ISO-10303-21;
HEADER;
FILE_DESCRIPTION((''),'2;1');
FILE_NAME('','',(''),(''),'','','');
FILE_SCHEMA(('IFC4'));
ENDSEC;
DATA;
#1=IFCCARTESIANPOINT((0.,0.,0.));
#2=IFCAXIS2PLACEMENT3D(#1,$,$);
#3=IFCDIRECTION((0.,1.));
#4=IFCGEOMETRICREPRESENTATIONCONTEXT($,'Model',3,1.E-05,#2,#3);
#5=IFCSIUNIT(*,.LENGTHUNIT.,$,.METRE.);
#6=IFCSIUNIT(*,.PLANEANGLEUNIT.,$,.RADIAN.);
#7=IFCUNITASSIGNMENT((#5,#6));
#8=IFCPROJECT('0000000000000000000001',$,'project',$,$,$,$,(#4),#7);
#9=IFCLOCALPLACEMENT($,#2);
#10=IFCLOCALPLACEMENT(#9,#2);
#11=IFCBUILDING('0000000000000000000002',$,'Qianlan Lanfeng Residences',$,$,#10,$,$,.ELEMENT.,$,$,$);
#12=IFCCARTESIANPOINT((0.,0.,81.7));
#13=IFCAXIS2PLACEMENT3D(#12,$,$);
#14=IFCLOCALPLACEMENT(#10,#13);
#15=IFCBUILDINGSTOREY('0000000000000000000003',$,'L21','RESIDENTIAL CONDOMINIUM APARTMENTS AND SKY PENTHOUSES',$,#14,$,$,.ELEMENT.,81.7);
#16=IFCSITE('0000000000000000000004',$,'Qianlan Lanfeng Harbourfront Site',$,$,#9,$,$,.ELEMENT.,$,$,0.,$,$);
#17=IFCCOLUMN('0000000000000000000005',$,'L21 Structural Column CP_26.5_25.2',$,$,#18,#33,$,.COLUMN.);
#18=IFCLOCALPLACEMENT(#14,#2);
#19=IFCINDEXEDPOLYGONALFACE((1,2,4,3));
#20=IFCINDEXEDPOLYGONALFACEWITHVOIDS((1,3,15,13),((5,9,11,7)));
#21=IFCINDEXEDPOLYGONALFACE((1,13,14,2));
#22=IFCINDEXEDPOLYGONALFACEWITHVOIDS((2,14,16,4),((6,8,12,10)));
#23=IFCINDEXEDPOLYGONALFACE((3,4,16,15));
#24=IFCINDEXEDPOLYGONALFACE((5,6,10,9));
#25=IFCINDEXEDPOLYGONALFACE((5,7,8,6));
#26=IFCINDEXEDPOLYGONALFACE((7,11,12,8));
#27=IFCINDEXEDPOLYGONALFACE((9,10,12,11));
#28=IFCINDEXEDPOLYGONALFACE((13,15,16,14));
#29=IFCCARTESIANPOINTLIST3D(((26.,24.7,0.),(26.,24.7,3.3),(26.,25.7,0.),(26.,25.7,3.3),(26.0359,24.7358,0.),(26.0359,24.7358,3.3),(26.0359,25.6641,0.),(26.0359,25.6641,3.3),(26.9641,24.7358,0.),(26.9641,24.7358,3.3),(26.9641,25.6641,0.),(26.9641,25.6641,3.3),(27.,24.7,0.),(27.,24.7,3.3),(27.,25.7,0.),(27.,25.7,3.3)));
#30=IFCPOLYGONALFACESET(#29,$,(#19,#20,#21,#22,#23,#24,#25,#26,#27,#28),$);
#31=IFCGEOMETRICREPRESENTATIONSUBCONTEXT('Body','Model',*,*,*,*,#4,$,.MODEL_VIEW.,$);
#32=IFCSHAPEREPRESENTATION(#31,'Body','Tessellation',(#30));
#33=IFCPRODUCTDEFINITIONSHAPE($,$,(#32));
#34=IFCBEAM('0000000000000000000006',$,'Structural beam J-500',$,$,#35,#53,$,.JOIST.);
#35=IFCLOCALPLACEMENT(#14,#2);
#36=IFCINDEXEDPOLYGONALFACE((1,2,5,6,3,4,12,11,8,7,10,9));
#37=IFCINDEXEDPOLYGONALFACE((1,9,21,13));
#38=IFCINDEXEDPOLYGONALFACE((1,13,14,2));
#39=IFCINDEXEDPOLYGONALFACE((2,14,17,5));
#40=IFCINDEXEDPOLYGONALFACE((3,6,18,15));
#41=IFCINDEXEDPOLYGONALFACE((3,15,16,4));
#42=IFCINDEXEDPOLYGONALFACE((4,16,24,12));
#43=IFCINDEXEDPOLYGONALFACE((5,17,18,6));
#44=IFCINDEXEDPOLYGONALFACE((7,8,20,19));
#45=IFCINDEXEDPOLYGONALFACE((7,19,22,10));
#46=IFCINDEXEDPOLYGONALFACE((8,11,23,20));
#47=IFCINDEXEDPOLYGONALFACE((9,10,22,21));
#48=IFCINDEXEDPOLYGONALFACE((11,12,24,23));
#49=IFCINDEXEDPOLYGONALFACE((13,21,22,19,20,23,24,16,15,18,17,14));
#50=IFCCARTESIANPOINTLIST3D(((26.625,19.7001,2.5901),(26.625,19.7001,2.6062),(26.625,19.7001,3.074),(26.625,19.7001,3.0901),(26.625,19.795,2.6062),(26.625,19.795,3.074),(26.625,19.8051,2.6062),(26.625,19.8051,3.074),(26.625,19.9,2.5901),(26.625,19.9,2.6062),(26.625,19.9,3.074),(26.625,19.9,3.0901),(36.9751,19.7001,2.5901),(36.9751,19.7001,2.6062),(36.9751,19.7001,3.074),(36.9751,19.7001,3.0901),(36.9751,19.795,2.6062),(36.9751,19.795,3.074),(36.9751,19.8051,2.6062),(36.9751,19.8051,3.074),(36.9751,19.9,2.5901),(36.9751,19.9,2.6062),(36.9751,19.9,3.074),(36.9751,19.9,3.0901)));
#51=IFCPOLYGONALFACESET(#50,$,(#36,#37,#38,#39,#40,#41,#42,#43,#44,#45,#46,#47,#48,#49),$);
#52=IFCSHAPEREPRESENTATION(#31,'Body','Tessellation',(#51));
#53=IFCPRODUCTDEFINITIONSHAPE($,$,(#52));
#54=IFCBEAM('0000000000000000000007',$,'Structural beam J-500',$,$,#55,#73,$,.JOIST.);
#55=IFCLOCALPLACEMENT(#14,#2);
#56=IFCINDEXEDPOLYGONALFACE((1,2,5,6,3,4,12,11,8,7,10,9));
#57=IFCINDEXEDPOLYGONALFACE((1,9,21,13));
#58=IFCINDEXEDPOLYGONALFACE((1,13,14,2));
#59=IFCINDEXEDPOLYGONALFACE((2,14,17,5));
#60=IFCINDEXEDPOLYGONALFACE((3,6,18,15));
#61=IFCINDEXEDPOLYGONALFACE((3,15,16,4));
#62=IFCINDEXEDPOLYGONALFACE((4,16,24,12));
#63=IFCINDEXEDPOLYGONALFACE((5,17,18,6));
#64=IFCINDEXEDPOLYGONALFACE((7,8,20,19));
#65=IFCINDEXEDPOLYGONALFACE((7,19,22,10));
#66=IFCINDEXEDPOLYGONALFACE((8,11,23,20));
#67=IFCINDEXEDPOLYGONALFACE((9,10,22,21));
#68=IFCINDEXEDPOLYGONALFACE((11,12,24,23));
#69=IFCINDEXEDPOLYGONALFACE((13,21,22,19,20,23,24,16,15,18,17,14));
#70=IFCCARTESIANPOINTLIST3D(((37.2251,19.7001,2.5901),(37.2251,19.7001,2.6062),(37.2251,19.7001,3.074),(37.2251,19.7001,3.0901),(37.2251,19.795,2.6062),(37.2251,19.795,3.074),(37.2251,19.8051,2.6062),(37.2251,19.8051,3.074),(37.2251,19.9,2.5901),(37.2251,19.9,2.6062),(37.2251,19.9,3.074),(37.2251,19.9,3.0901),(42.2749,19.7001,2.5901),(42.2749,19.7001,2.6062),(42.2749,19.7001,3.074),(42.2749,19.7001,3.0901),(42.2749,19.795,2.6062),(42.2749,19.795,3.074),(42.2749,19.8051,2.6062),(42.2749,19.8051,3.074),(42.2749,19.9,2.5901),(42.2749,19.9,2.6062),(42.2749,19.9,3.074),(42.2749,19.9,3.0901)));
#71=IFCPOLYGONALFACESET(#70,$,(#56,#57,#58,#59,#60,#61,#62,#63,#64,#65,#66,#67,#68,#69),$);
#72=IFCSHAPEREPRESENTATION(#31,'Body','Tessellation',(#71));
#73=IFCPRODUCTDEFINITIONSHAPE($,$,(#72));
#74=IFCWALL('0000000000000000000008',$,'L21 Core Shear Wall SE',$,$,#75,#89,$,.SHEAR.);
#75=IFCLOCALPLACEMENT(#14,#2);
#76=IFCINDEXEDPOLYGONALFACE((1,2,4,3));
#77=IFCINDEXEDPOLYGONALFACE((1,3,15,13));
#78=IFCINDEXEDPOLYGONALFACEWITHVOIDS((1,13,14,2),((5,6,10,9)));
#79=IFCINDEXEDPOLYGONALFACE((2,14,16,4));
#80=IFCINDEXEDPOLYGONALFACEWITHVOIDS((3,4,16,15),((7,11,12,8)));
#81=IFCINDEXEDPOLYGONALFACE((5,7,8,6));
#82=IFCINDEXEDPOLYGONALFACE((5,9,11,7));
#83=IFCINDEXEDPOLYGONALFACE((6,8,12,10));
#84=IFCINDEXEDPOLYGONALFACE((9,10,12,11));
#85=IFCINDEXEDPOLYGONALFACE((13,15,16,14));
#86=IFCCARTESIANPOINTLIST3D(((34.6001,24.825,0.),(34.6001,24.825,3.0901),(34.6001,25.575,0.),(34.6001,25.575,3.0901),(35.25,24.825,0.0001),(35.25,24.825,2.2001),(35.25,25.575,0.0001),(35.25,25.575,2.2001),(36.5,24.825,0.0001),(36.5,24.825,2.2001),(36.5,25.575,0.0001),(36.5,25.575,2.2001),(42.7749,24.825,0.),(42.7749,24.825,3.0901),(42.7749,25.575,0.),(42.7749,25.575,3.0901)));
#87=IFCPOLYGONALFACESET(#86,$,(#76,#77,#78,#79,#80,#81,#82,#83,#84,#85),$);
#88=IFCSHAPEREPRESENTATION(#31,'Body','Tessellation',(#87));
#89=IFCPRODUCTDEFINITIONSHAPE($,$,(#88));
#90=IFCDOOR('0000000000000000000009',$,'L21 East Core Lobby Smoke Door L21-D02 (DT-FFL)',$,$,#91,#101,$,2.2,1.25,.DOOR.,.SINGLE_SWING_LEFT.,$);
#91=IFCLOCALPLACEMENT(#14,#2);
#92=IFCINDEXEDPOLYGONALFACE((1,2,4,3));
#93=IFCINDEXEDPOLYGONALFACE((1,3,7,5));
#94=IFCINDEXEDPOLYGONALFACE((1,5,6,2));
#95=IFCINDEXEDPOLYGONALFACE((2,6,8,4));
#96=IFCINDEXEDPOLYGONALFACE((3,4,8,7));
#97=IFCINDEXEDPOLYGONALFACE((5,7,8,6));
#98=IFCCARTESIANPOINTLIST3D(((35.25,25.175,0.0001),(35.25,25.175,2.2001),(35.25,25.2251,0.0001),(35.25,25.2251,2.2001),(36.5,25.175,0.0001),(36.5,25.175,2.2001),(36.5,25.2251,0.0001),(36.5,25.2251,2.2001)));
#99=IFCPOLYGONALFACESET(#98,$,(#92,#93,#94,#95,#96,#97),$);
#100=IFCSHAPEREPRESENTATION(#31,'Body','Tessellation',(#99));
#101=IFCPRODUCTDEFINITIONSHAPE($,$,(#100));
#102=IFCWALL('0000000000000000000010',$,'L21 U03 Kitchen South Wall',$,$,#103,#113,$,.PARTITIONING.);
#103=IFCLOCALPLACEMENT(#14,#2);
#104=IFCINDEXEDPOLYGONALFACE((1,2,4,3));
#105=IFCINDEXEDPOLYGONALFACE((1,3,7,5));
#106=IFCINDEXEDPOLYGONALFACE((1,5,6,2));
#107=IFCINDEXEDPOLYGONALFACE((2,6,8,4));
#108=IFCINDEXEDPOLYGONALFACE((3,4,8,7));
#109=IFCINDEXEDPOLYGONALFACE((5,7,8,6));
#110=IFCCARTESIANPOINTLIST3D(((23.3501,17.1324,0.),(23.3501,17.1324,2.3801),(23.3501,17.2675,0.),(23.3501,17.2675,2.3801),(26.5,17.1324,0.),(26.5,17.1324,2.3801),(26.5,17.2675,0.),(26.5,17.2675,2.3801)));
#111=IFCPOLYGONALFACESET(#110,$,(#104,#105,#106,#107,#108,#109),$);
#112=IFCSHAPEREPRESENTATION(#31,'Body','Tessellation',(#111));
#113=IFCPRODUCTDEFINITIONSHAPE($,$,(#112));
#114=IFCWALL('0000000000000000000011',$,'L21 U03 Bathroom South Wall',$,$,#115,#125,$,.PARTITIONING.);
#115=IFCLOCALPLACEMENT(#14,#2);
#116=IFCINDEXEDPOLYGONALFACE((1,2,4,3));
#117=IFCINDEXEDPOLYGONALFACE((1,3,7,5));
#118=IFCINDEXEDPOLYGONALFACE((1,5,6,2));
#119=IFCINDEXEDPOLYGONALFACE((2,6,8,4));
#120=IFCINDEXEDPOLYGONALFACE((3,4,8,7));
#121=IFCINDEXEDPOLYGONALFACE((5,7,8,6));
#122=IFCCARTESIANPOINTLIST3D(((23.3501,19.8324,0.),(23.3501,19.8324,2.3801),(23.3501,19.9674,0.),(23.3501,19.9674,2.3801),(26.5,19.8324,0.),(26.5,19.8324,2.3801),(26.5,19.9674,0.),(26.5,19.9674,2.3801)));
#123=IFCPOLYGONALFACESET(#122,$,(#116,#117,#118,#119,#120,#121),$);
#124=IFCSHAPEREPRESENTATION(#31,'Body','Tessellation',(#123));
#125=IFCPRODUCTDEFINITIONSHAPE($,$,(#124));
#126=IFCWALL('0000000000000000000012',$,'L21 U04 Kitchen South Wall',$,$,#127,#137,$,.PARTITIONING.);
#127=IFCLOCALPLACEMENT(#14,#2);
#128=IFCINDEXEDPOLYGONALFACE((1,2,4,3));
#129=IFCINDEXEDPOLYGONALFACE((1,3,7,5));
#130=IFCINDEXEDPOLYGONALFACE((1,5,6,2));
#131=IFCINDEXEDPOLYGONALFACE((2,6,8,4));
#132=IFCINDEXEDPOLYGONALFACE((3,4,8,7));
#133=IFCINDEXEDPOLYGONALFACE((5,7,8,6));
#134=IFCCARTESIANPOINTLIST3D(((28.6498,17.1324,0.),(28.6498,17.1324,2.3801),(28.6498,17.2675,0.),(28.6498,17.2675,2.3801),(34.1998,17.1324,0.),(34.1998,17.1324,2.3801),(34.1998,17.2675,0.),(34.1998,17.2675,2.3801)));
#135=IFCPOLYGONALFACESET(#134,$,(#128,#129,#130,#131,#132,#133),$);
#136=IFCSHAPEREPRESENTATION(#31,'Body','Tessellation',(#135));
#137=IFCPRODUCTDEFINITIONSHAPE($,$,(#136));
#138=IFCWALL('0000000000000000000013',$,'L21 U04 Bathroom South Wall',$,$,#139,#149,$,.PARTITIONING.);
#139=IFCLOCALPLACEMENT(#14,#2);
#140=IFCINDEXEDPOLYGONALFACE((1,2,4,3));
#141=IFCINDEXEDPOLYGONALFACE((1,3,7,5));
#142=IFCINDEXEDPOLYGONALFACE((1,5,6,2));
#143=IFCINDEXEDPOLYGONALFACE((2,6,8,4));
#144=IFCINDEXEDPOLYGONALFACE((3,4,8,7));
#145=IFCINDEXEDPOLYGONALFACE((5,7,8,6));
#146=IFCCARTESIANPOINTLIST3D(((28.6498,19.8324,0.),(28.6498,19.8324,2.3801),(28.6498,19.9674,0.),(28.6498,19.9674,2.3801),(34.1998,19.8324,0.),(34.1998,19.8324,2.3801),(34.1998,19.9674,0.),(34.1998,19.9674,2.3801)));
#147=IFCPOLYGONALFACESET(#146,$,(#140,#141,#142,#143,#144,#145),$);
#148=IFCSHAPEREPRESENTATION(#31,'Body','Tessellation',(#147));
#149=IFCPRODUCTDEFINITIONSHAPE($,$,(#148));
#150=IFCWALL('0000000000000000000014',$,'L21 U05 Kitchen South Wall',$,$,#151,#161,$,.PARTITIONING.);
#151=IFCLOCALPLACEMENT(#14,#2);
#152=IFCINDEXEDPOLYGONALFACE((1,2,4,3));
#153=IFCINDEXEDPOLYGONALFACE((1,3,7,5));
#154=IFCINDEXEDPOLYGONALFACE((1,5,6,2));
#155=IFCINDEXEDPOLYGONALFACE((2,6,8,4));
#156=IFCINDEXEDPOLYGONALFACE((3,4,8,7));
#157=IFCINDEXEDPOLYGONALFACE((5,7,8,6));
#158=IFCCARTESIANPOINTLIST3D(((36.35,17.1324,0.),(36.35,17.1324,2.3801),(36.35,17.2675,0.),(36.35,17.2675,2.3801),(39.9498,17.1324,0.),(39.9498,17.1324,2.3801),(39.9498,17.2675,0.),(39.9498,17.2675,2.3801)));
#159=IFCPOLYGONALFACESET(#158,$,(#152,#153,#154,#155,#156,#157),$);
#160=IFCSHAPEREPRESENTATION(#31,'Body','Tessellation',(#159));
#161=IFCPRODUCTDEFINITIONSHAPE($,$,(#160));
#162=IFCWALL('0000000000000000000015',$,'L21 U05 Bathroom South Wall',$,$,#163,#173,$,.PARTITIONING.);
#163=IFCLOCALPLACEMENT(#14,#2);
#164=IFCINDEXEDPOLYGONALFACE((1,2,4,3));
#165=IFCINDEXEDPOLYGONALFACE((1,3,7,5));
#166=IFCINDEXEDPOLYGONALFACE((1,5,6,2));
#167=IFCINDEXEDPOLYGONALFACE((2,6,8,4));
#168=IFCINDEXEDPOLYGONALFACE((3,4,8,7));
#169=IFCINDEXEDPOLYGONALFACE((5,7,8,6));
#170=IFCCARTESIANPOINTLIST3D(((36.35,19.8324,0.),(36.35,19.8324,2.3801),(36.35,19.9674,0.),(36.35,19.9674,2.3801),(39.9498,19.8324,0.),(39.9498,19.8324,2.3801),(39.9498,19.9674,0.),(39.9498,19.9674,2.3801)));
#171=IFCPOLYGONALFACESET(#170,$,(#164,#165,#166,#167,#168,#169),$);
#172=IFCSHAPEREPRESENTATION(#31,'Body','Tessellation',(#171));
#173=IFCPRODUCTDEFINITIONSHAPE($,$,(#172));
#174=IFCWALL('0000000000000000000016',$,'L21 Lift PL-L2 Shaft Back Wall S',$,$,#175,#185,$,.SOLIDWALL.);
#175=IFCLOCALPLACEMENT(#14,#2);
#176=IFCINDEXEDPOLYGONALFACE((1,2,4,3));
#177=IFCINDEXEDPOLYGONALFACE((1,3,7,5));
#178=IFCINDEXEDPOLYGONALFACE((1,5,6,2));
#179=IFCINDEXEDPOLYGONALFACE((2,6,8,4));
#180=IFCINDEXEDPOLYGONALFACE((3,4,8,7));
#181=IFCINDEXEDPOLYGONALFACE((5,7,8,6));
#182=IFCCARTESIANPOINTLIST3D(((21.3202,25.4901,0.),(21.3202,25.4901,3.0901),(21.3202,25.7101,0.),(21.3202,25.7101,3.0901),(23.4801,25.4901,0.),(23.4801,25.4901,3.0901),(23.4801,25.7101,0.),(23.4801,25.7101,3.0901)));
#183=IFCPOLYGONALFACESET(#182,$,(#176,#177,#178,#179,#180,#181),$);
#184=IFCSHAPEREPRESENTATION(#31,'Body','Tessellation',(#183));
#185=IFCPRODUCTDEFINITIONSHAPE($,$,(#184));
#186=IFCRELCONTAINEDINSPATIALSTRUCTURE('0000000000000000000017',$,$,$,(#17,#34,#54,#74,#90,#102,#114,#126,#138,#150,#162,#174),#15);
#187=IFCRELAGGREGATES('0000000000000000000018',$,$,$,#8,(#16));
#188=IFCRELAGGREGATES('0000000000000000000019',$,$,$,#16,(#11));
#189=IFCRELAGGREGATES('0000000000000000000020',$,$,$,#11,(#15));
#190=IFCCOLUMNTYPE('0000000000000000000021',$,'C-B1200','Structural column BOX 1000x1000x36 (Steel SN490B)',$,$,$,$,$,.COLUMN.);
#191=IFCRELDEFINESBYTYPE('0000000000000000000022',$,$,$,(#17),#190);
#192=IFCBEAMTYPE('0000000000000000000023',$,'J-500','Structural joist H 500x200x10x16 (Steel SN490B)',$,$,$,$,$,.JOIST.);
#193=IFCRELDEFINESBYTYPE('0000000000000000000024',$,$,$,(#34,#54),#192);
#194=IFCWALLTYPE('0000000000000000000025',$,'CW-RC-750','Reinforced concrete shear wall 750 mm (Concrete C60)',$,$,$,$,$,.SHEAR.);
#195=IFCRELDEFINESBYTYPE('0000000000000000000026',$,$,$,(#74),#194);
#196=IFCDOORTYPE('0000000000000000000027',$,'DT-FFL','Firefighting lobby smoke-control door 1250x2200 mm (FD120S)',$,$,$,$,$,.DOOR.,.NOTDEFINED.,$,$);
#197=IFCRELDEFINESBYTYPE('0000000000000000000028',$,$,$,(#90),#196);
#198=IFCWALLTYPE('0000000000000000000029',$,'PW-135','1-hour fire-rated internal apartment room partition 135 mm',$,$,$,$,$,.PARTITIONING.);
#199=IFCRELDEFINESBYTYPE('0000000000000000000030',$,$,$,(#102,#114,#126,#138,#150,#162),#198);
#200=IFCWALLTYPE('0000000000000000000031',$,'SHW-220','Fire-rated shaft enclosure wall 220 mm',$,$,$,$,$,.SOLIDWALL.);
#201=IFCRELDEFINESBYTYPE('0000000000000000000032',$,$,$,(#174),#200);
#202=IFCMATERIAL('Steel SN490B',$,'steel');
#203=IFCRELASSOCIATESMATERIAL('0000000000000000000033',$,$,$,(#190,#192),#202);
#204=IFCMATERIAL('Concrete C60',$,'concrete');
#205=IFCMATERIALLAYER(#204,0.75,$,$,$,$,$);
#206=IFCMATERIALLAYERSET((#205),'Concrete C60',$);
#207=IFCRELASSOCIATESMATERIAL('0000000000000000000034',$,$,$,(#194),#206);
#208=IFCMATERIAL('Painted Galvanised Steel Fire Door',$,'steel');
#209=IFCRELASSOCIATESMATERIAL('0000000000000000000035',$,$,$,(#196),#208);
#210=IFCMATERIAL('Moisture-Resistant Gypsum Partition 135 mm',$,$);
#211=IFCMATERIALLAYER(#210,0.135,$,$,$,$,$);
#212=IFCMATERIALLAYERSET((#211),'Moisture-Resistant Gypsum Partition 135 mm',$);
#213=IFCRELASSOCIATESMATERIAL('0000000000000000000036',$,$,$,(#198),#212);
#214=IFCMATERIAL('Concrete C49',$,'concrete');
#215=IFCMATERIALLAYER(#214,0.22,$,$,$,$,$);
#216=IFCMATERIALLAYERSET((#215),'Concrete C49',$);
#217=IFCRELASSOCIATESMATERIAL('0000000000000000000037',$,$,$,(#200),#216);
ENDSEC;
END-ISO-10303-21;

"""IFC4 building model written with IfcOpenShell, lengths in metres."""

from ifc_helpers import new_model, si_unit, direction, frame, frame_2d, origin, origin_2d, place, context, subcontext, project, spatial, rectangle, hollow_rectangle, i_section, extrude, material, layer, layer_set, material_profile, profile_set, type_object, element, fill, save


model = new_model("IFC4")

# Units and contexts
model_context = context("Model", 3, precision=1e-05, world=origin(), true_north=direction((0.0, 1.0)))
body_context = subcontext(model_context, "Body", "Model", "MODEL_VIEW")
ifc_project = project(units=[si_unit("LENGTHUNIT", "METRE"), si_unit("PLANEANGLEUNIT", "RADIAN")], contexts=[model_context])

# Site, building, storey
site_placement = place(None, origin())
site = spatial("IfcSite", under=ifc_project, at=site_placement, Name="Qianlan Lanfeng Harbourfront Site", CompositionType="ELEMENT", RefElevation=0.0)
building_placement = place(site_placement, origin())
building = spatial("IfcBuilding", under=site, at=building_placement, Name="Qianlan Lanfeng Residences", CompositionType="ELEMENT")
storey_placement = place(building_placement, frame((0.0, 0.0, 81.7)))
storey = spatial("IfcBuildingStorey", under=building, at=storey_placement, Name="L21", Description="RESIDENTIAL CONDOMINIUM APARTMENTS AND SKY PENTHOUSES", CompositionType="ELEMENT", Elevation=81.7)

# Column
ifc_material_1 = material(Name="Steel SN490B", Category="steel")
ifc_material_profile_1 = material_profile(ifc_material_1, hollow_rectangle(XDim=1.0, YDim=1.0, WallThickness=0.0359, at=origin_2d()), Name="BOX 1000x1000x36")
ifc_profile_set_1 = profile_set([ifc_material_profile_1], Name="Steel SN490B")
column_type = type_object("IfcColumnType", Name="C-B1200", Description="Structural column BOX 1000x1000x36 (Steel SN490B)", PredefinedType="COLUMN", material=ifc_profile_set_1)
column_placement = place(storey_placement, frame((26.5, 25.2, 0.0), z_axis=(0.0, 0.0, 1.0), x_axis=(1.0, 0.0, 0.0)))
element("IfcColumn", 1, at=column_placement, inside=storey, type_object=column_type, Name="L21 Structural Column CP_26.5_25.2", PredefinedType="COLUMN", context=body_context, shape_type="SweptSolid", body=[
    extrude(hollow_rectangle(XDim=1.0, YDim=1.0, WallThickness=0.0359, at=origin_2d()), origin(), (0.0, 0.0, 1.0), 3.3),
])

# Beams
ifc_material_profile_2 = material_profile(ifc_material_1, i_section(OverallWidth=0.2, OverallDepth=0.5, WebThickness=0.01, FlangeThickness=0.0161, at=origin_2d()), Name="H 500x200x10x16")
ifc_profile_set_2 = profile_set([ifc_material_profile_2], Name="Steel SN490B")
beam_type = type_object("IfcBeamType", Name="J-500", Description="Structural joist H 500x200x10x16 (Steel SN490B)", PredefinedType="JOIST", material=ifc_profile_set_2)
beam_1_placement = place(storey_placement, frame((26.625, 19.8, 2.8401), z_axis=(1.0, 0.0, 0.0), x_axis=(0.0, 1.0, 0.0)))
element("IfcBeam", 2, at=beam_1_placement, inside=storey, type_object=beam_type, Name="Structural beam J-500", PredefinedType="JOIST", context=body_context, shape_type="SweptSolid", body=[
    extrude(i_section(OverallWidth=0.2, OverallDepth=0.5, WebThickness=0.01, FlangeThickness=0.0161, at=origin_2d()), origin(), (0.0, 0.0, 1.0), 10.3501),
])
beam_2_placement = place(storey_placement, frame((37.2251, 19.8, 2.8401), z_axis=(1.0, 0.0, 0.0), x_axis=(0.0, 1.0, 0.0)))
element("IfcBeam", 3, at=beam_2_placement, inside=storey, type_object=beam_type, Name="Structural beam J-500", PredefinedType="JOIST", context=body_context, shape_type="SweptSolid", body=[
    extrude(i_section(OverallWidth=0.2, OverallDepth=0.5, WebThickness=0.01, FlangeThickness=0.0161, at=origin_2d()), origin(), (0.0, 0.0, 1.0), 5.0498),
])

# Wall, opening, door
ifc_material_2 = material(Name="Concrete C60", Category="concrete")
ifc_layer_1 = layer(ifc_material_2, 0.75)
ifc_layer_set_1 = layer_set([ifc_layer_1], Name="Concrete C60")
wall_type_1 = type_object("IfcWallType", Name="CW-RC-750", Description="Reinforced concrete shear wall 750 mm (Concrete C60)", PredefinedType="SHEAR", material=ifc_layer_set_1)
wall_1_placement = place(storey_placement, frame((34.6001, 25.2, 0.0), z_axis=(0.0, 0.0, 1.0), x_axis=(1.0, 0.0, 0.0)))
wall_1 = element("IfcWall", 4, at=wall_1_placement, inside=storey, type_object=wall_type_1, Name="L21 Core Shear Wall SE", PredefinedType="SHEAR", context=body_context, shape_type="SweptSolid", body=[
    extrude(rectangle(XDim=8.1748, YDim=0.75, at=frame_2d((4.0874, 0.0))), origin(), (0.0, 0.0, 1.0), 3.0901),
])
opening_1_placement = place(wall_1_placement, frame((0.6499, 0.0, 0.0)))
opening_1 = element("IfcOpeningElement", 5, at=opening_1_placement, cuts=wall_1, PredefinedType="OPENING", context=body_context, shape_type="SweptSolid", body=[
    extrude(rectangle(XDim=1.25, YDim=2.2, at=frame_2d((0.625, 1.1001))), frame((0.0, 0.385, 0.0), z_axis=(0.0, -1.0, 0.0), x_axis=(1.0, 0.0, 0.0)), (0.0, 0.0, 1.0), 0.77),
])
ifc_material_3 = material(Name="Painted Galvanised Steel Fire Door", Category="steel")
door_type_1 = type_object("IfcDoorType", Name="DT-FFL", Description="Firefighting lobby smoke-control door 1250x2200 mm (FD120S)", OperationType="NOTDEFINED", PredefinedType="DOOR", material=ifc_material_3)
door_1_placement = place(opening_1_placement, frame((1.25, 0.0, 0.0), z_axis=(0.0, 0.0, 1.0), x_axis=(-1.0, 0.0, 0.0)))
door_1 = element("IfcDoor", 6, at=door_1_placement, inside=storey, type_object=door_type_1, Name="L21 East Core Lobby Smoke Door L21-D02 (DT-FFL)", OperationType="SINGLE_SWING_LEFT", OverallHeight=2.2, OverallWidth=1.25, PredefinedType="DOOR", context=body_context, shape_type="SweptSolid", body=[
    extrude(rectangle(XDim=1.25, YDim=2.2, at=frame_2d((0.625, 1.1001))), frame((0.0, 0.0249, 0.0), z_axis=(0.0, -1.0, 0.0), x_axis=(1.0, 0.0, 0.0)), (0.0, 0.0, 1.0), 0.05),
])
fill(opening_1, door_1)

# Walls
ifc_material_4 = material(Name="Moisture-Resistant Gypsum Partition 135 mm")
ifc_layer_2 = layer(ifc_material_4, 0.135)
ifc_layer_set_2 = layer_set([ifc_layer_2], Name="Moisture-Resistant Gypsum Partition 135 mm")
wall_type_2 = type_object("IfcWallType", Name="PW-135", Description="1-hour fire-rated internal apartment room partition 135 mm", PredefinedType="PARTITIONING", material=ifc_layer_set_2)
for number, where, z_axis, x_axis, name in (
    (7, (23.3501, 17.2, 0.0), (0.0, 0.0, 1.0), (1.0, 0.0, 0.0), "L21 U03 Kitchen South Wall"),
    (8, (23.3501, 19.8999, 0.0), (0.0, 0.0, 1.0), (1.0, 0.0, 0.0), "L21 U03 Bathroom South Wall"),
):
    element("IfcWall", number, at=place(storey_placement, frame(where, z_axis=z_axis, x_axis=x_axis)), inside=storey, type_object=wall_type_2, Name=name, PredefinedType="PARTITIONING", context=body_context, shape_type="SweptSolid", body=[
        extrude(rectangle(XDim=3.1499, YDim=0.135, at=frame_2d((1.575, 0.0))), origin(), (0.0, 0.0, 1.0), 2.3801),
    ])
for number, where, z_axis, x_axis, name in (
    (9, (28.6499, 17.2, 0.0), (0.0, 0.0, 1.0), (1.0, 0.0, 0.0), "L21 U04 Kitchen South Wall"),
    (10, (28.6499, 19.8999, 0.0), (0.0, 0.0, 1.0), (1.0, 0.0, 0.0), "L21 U04 Bathroom South Wall"),
):
    element("IfcWall", number, at=place(storey_placement, frame(where, z_axis=z_axis, x_axis=x_axis)), inside=storey, type_object=wall_type_2, Name=name, PredefinedType="PARTITIONING", context=body_context, shape_type="SweptSolid", body=[
        extrude(rectangle(XDim=5.55, YDim=0.135, at=frame_2d((2.7749, 0.0))), origin(), (0.0, 0.0, 1.0), 2.3801),
    ])
for number, where, z_axis, x_axis, name in (
    (11, (36.3501, 17.2, 0.0), (0.0, 0.0, 1.0), (1.0, 0.0, 0.0), "L21 U05 Kitchen South Wall"),
    (12, (36.3501, 19.8999, 0.0), (0.0, 0.0, 1.0), (1.0, 0.0, 0.0), "L21 U05 Bathroom South Wall"),
):
    element("IfcWall", number, at=place(storey_placement, frame(where, z_axis=z_axis, x_axis=x_axis)), inside=storey, type_object=wall_type_2, Name=name, PredefinedType="PARTITIONING", context=body_context, shape_type="SweptSolid", body=[
        extrude(rectangle(XDim=3.5999, YDim=0.135, at=frame_2d((1.7998, 0.0))), origin(), (0.0, 0.0, 1.0), 2.3801),
    ])

# Wall
ifc_material_5 = material(Name="Concrete C49", Category="concrete")
ifc_layer_3 = layer(ifc_material_5, 0.22)
ifc_layer_set_3 = layer_set([ifc_layer_3], Name="Concrete C49")
wall_type_3 = type_object("IfcWallType", Name="SHW-220", Description="Fire-rated shaft enclosure wall 220 mm", PredefinedType="SOLIDWALL", material=ifc_layer_set_3)
wall_2_placement = place(storey_placement, frame((21.3201, 25.6001, 0.0), z_axis=(0.0, 0.0, 1.0), x_axis=(1.0, 0.0, 0.0)))
element("IfcWall", 13, at=wall_2_placement, inside=storey, type_object=wall_type_3, Name="L21 Lift PL-L2 Shaft Back Wall S", PredefinedType="SOLIDWALL", context=body_context, shape_type="SweptSolid", body=[
    extrude(rectangle(XDim=2.1599, YDim=0.22, at=frame_2d((1.0801, 0.0))), origin(), (0.0, 0.0, 1.0), 3.0901),
])

save(model, "model.ifc")
